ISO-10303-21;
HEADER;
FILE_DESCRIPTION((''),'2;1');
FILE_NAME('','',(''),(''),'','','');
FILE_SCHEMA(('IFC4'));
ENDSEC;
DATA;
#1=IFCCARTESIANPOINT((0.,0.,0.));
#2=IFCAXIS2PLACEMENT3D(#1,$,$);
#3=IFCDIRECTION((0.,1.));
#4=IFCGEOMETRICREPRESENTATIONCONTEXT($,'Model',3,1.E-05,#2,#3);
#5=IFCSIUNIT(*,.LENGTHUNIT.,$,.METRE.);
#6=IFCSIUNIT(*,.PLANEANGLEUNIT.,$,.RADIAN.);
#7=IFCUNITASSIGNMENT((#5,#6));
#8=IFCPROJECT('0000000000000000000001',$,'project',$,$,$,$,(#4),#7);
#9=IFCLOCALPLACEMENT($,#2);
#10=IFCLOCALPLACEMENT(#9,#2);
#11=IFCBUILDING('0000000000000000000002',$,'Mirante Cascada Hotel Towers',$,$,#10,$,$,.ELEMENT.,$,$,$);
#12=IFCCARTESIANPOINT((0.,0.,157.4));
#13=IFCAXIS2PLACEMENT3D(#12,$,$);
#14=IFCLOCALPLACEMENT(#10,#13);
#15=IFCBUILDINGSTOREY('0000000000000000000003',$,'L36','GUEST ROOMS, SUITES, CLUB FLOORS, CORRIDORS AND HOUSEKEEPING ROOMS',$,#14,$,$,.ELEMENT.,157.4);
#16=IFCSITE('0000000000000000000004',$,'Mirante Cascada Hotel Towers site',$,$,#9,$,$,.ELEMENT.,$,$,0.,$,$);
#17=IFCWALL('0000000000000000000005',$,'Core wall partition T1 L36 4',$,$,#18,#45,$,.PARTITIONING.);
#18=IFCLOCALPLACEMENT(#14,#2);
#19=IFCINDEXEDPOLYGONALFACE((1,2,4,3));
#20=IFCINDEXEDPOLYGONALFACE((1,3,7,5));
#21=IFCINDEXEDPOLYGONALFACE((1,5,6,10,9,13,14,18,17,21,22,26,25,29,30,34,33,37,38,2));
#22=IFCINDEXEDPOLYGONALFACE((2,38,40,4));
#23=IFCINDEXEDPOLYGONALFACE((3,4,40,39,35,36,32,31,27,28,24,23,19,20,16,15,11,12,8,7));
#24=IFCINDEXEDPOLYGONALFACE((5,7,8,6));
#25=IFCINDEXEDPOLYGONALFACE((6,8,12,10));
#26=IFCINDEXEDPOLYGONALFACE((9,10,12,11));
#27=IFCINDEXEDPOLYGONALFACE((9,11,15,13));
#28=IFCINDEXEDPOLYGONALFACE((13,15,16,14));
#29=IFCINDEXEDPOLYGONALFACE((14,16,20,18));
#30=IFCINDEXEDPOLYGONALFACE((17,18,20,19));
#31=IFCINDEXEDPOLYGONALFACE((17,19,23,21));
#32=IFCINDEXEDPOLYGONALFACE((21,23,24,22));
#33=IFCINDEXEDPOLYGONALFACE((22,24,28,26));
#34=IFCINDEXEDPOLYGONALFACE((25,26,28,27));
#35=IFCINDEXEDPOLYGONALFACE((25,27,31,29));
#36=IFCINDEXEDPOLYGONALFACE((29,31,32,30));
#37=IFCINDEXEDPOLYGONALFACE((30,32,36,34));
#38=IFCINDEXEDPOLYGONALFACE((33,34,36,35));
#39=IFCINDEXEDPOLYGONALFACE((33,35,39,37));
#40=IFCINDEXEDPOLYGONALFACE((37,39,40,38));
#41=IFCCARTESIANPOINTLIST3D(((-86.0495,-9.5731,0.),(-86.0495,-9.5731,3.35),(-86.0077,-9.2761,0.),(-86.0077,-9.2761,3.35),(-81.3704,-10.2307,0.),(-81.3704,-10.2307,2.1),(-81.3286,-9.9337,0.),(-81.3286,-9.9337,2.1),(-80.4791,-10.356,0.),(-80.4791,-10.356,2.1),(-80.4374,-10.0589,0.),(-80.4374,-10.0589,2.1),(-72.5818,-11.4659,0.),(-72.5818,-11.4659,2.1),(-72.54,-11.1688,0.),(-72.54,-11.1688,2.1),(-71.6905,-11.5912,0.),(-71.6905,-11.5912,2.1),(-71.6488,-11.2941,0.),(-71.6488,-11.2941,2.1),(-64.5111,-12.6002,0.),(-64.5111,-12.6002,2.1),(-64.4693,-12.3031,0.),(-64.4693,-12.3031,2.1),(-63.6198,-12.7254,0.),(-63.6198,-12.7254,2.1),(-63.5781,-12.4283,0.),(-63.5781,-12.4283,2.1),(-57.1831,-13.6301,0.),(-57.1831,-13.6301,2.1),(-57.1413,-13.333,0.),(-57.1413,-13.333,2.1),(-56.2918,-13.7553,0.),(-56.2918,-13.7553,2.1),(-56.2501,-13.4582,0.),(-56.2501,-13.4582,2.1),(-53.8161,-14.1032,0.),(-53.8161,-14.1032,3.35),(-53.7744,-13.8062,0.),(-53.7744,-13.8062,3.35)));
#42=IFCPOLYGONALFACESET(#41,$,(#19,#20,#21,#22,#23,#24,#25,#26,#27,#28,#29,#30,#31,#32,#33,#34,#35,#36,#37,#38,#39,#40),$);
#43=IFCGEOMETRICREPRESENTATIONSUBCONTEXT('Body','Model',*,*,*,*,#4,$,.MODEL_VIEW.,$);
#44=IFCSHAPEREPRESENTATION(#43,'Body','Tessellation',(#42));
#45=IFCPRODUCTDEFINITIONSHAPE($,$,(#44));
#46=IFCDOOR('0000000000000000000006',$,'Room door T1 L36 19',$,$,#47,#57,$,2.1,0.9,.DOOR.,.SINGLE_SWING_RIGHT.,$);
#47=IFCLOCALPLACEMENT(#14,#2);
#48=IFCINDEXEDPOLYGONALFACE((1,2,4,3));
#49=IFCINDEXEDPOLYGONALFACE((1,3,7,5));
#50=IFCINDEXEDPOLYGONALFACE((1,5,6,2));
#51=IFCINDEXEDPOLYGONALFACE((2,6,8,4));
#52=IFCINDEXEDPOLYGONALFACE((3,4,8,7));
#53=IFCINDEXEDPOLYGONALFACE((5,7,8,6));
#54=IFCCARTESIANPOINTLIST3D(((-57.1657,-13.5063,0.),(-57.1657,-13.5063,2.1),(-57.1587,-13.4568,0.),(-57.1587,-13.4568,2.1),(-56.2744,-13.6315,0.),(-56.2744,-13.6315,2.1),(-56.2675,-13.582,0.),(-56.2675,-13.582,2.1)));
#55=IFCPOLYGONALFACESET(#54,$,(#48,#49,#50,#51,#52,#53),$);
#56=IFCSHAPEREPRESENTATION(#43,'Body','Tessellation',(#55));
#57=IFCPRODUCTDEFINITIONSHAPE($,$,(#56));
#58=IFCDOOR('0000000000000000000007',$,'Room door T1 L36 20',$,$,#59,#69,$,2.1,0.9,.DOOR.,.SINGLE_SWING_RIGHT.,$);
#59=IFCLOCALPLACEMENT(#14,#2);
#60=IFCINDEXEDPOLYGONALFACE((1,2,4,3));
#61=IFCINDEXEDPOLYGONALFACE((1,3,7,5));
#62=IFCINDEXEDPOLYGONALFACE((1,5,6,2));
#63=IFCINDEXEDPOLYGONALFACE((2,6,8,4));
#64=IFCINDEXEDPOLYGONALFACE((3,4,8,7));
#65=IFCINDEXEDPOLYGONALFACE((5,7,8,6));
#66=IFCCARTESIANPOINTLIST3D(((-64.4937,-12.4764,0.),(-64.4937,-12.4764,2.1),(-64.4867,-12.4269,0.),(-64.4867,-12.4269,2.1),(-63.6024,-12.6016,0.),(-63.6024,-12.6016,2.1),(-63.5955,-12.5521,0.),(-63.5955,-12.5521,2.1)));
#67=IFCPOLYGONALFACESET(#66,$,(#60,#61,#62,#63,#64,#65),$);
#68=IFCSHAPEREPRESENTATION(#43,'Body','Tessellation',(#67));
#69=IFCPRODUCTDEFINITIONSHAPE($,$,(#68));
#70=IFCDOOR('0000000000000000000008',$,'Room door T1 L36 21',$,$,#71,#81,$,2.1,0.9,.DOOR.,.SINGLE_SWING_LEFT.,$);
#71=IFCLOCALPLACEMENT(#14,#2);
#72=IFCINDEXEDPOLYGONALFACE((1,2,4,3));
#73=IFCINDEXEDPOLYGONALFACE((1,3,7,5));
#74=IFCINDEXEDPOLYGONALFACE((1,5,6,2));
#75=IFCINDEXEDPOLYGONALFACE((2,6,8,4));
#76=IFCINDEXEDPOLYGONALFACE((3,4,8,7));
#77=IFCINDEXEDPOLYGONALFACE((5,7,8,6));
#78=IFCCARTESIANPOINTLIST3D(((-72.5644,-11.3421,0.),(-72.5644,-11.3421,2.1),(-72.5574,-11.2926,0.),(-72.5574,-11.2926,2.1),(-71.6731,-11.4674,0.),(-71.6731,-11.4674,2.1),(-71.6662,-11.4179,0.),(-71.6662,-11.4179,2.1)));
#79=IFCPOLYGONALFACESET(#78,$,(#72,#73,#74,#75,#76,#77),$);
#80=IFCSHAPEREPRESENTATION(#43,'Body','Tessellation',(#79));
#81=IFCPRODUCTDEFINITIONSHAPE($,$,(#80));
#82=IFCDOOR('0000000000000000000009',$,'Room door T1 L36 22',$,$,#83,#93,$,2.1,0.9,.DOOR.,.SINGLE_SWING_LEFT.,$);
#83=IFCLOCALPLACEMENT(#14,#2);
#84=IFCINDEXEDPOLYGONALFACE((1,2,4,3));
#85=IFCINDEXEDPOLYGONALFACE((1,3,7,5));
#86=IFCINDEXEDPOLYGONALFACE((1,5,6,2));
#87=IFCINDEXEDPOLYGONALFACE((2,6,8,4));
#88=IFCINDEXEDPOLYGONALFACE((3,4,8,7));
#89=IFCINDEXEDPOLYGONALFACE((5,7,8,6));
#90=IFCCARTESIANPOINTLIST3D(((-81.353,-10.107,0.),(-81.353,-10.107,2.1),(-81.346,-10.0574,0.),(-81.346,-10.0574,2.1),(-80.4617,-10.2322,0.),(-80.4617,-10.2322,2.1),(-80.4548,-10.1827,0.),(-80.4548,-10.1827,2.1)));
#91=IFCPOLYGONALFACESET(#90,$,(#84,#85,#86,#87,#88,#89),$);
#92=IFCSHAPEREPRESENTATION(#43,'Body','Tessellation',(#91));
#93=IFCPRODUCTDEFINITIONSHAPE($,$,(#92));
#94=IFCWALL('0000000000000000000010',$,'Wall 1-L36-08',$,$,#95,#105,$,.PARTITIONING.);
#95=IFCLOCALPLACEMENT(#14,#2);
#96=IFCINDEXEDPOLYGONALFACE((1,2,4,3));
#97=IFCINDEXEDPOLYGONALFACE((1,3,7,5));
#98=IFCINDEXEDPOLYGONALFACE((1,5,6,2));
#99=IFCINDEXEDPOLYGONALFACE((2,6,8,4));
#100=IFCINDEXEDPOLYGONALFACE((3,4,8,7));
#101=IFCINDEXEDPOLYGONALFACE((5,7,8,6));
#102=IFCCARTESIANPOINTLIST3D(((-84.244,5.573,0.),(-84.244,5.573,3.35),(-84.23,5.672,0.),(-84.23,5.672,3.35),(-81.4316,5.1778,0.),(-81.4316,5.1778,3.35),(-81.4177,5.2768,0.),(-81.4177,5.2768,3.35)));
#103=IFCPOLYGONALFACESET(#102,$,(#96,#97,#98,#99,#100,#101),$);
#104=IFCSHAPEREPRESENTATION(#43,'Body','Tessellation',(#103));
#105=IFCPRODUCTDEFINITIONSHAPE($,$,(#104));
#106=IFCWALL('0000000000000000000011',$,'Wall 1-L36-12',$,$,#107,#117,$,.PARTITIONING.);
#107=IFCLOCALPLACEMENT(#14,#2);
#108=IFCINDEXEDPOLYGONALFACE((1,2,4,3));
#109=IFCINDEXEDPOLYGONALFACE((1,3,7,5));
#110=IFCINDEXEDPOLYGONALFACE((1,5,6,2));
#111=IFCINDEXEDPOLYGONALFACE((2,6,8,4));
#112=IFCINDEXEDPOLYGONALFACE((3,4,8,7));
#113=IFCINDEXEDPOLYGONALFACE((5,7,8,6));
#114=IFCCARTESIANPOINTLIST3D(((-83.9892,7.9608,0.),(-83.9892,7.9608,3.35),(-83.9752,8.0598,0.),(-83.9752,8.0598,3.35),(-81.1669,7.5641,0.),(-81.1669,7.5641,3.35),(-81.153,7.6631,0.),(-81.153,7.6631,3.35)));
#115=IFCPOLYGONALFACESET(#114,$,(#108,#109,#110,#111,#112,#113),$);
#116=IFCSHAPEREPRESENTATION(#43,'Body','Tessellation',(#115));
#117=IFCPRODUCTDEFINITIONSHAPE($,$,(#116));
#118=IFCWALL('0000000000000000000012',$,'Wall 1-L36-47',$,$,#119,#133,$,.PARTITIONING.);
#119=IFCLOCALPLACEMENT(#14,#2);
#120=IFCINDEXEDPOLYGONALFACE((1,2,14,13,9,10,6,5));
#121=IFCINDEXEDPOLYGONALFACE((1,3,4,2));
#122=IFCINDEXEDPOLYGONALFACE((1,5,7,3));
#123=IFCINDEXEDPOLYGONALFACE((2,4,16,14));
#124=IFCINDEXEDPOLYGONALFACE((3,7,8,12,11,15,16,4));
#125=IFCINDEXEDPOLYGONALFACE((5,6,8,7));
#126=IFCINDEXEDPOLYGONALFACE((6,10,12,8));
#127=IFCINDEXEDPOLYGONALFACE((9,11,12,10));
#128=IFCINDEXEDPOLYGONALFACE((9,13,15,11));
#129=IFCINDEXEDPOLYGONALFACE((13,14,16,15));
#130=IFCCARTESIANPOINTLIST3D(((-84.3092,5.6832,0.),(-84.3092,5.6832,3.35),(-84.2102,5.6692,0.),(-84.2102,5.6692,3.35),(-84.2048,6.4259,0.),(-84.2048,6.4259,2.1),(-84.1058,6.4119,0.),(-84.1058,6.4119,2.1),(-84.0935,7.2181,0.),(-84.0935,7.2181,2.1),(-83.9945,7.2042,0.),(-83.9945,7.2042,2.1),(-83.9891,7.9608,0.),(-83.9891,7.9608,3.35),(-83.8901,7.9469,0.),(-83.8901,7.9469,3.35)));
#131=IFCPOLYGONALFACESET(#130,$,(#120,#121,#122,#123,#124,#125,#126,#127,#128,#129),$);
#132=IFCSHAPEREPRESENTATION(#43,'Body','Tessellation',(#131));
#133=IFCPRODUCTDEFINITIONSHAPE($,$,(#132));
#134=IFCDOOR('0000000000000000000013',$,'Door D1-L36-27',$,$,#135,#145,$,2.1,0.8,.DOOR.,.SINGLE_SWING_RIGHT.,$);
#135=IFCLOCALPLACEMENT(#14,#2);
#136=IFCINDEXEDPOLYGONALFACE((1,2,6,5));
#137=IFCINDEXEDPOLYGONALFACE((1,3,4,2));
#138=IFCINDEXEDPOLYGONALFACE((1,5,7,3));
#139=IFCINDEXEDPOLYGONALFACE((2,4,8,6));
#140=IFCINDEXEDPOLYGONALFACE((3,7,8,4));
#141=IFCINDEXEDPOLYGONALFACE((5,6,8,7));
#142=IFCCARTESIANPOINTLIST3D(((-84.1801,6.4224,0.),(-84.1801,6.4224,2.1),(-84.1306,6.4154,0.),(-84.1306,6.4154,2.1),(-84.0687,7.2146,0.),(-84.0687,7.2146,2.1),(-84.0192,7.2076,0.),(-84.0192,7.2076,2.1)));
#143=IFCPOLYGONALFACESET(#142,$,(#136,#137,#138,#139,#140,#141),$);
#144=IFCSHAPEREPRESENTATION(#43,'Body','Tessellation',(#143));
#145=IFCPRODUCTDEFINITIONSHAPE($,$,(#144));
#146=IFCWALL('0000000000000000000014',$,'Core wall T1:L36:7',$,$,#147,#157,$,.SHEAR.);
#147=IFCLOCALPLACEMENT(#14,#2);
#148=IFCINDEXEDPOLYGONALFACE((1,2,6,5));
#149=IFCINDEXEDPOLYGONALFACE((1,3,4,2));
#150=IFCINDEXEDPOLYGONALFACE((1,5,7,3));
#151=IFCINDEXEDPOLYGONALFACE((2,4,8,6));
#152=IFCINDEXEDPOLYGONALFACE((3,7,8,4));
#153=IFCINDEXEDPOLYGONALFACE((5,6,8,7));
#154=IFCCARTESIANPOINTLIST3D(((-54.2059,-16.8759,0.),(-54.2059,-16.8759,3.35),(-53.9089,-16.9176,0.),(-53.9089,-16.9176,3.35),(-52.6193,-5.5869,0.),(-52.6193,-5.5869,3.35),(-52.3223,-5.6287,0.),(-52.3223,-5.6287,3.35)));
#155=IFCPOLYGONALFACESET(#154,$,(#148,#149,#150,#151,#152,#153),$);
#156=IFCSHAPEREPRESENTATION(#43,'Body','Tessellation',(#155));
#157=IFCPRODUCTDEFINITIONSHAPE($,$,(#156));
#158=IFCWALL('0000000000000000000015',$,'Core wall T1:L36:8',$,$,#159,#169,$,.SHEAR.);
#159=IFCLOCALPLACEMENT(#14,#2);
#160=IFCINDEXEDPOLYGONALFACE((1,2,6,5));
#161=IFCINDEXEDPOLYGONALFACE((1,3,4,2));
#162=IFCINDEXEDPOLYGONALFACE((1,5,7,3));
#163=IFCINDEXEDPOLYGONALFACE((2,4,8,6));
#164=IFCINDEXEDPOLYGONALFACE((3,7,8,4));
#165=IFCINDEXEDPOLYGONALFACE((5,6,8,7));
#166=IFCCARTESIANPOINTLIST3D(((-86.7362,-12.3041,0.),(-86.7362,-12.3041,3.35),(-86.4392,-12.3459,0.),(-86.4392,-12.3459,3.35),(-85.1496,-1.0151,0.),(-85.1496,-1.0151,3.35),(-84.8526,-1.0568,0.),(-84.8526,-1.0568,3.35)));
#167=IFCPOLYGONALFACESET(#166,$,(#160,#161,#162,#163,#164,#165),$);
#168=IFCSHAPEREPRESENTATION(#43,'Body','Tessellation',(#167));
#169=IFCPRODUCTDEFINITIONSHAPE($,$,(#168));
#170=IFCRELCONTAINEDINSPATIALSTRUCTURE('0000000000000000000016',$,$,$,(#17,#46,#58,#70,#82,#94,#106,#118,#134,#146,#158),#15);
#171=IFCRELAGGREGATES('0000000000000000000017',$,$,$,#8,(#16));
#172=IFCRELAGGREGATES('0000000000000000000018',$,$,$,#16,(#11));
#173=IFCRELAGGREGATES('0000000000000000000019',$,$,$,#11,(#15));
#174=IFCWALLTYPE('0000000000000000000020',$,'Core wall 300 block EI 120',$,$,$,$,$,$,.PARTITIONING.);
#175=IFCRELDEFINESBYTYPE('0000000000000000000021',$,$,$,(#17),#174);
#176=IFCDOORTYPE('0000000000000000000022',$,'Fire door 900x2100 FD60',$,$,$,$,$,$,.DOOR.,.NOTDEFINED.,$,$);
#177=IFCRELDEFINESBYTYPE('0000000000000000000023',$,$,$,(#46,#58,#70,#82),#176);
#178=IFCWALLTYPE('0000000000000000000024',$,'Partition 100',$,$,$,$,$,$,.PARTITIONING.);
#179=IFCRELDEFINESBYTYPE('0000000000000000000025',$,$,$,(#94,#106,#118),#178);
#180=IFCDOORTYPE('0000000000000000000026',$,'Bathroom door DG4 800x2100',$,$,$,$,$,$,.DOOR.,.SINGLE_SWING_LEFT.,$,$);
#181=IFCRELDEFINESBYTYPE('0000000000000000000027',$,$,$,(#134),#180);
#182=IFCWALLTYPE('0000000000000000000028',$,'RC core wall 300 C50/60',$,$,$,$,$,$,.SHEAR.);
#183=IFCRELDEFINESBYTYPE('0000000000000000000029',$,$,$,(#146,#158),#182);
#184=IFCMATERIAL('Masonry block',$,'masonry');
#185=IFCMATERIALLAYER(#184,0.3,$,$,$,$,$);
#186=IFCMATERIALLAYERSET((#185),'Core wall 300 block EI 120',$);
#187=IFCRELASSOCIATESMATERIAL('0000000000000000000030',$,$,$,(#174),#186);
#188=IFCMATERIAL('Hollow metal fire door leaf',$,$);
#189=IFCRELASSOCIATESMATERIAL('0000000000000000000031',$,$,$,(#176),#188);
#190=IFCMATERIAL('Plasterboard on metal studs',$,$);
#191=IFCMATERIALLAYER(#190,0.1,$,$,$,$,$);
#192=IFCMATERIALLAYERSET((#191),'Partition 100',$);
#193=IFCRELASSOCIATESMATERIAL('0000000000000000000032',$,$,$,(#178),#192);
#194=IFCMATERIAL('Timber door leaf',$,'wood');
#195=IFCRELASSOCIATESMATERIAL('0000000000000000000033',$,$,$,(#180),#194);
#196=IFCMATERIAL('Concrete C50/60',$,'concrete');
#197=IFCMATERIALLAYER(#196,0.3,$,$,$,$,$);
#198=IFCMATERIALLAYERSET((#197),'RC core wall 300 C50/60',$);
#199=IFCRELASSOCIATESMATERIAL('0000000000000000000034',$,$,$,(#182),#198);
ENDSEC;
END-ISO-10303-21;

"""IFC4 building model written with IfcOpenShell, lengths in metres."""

from ifc_helpers import new_model, si_unit, direction, frame, frame_2d, origin, place, context, subcontext, project, spatial, rectangle, extrude, material, layer, layer_set, type_object, element, fill, save


model = new_model("IFC4")

# Units and contexts
model_context = context("Model", 3, precision=1e-05, world=origin(), true_north=direction((0.0, 1.0)))
body_context = subcontext(model_context, "Body", "Model", "MODEL_VIEW")
ifc_project = project(units=[si_unit("LENGTHUNIT", "METRE"), si_unit("PLANEANGLEUNIT", "RADIAN")], contexts=[model_context])

# Site, building, storey
site_placement = place(None, origin())
site = spatial("IfcSite", under=ifc_project, at=site_placement, Name="Mirante Cascada Hotel Towers site", CompositionType="ELEMENT", RefElevation=0.0)
building_placement = place(site_placement, origin())
building = spatial("IfcBuilding", under=site, at=building_placement, Name="Mirante Cascada Hotel Towers", CompositionType="ELEMENT")
storey_placement = place(building_placement, frame((0.0, 0.0, 157.4)))
storey = spatial("IfcBuildingStorey", under=building, at=storey_placement, Name="L36", Description="GUEST ROOMS, SUITES, CLUB FLOORS, CORRIDORS AND HOUSEKEEPING ROOMS", CompositionType="ELEMENT", Elevation=157.4)

# Wall, openings, doors
ifc_material_1 = material(Name="Masonry block", Category="masonry")
ifc_layer_1 = layer(ifc_material_1, 0.3)
ifc_layer_set_1 = layer_set([ifc_layer_1], Name="Core wall 300 block EI 120")
wall_type_1 = type_object("IfcWallType", Name="Core wall 300 block EI 120", PredefinedType="PARTITIONING", material=ifc_layer_set_1)
wall_1_placement = place(storey_placement, frame((-53.7953, -13.9547, 0.0), z_axis=(0.0, 0.0, 1.0), x_axis=(-0.990268, 0.139173, 0.0)))
wall_1 = element("IfcWall", 1, at=wall_1_placement, inside=storey, type_object=wall_type_1, Name="Core wall partition T1 L36 4", PredefinedType="PARTITIONING", context=body_context, shape_type="SweptSolid", body=[
    extrude(rectangle(XDim=32.5501, YDim=0.3, at=frame_2d((16.275, 0.0))), origin(), (0.0, 0.0, 1.0), 3.35),
])
opening_1_placement = place(wall_1_placement, frame((2.5, 0.0, 0.0)))
opening_1 = element("IfcOpeningElement", 2, at=opening_1_placement, cuts=wall_1, PredefinedType="OPENING", context=body_context, shape_type="SweptSolid", body=[
    extrude(rectangle(XDim=0.9, YDim=2.1, at=frame_2d((0.45, 1.05))), frame((0.0, 0.15, 0.0), z_axis=(0.0, -1.0, 0.0), x_axis=(1.0, 0.0, 0.0)), (0.0, 0.0, 1.0), 0.3),
])
opening_2_placement = place(wall_1_placement, frame((9.9, 0.0, 0.0)))
opening_2 = element("IfcOpeningElement", 3, at=opening_2_placement, cuts=wall_1, PredefinedType="OPENING", context=body_context, shape_type="SweptSolid", body=[
    extrude(rectangle(XDim=0.9, YDim=2.1, at=frame_2d((0.45, 1.05))), frame((0.0, 0.15, 0.0), z_axis=(0.0, -1.0, 0.0), x_axis=(1.0, 0.0, 0.0)), (0.0, 0.0, 1.0), 0.3),
])
opening_3_placement = place(wall_1_placement, frame((18.05, 0.0, 0.0)))
opening_3 = element("IfcOpeningElement", 4, at=opening_3_placement, cuts=wall_1, PredefinedType="OPENING", context=body_context, shape_type="SweptSolid", body=[
    extrude(rectangle(XDim=0.9, YDim=2.1, at=frame_2d((0.45, 1.05))), frame((0.0, 0.15, 0.0), z_axis=(0.0, -1.0, 0.0), x_axis=(1.0, 0.0, 0.0)), (0.0, 0.0, 1.0), 0.3),
])
opening_4_placement = place(wall_1_placement, frame((26.925, 0.0, 0.0)))
opening_4 = element("IfcOpeningElement", 5, at=opening_4_placement, cuts=wall_1, PredefinedType="OPENING", context=body_context, shape_type="SweptSolid", body=[
    extrude(rectangle(XDim=0.9, YDim=2.1, at=frame_2d((0.45, 1.05))), frame((0.0, 0.15, 0.0), z_axis=(0.0, -1.0, 0.0), x_axis=(1.0, 0.0, 0.0)), (0.0, 0.0, 1.0), 0.3),
])
ifc_material_2 = material(Name="Hollow metal fire door leaf")
door_type_1 = type_object("IfcDoorType", Name="Fire door 900x2100 FD60", OperationType="NOTDEFINED", PredefinedType="DOOR", material=ifc_material_2)
door_1_placement = place(opening_1_placement, origin())
door_1 = element("IfcDoor", 6, at=door_1_placement, inside=storey, type_object=door_type_1, Name="Room door T1 L36 19", OperationType="SINGLE_SWING_RIGHT", OverallHeight=2.1, OverallWidth=0.9, PredefinedType="DOOR", context=body_context, shape_type="SweptSolid", body=[
    extrude(rectangle(XDim=0.9, YDim=2.1, at=frame_2d((0.45, 1.05))), frame((0.0, 0.025, 0.0), z_axis=(0.0, -1.0, 0.0), x_axis=(1.0, 0.0, 0.0)), (0.0, 0.0, 1.0), 0.05),
])
fill(opening_1, door_1)
door_2_placement = place(opening_2_placement, origin())
door_2 = element("IfcDoor", 7, at=door_2_placement, inside=storey, type_object=door_type_1, Name="Room door T1 L36 20", OperationType="SINGLE_SWING_RIGHT", OverallHeight=2.1, OverallWidth=0.9, PredefinedType="DOOR", context=body_context, shape_type="SweptSolid", body=[
    extrude(rectangle(XDim=0.9, YDim=2.1, at=frame_2d((0.45, 1.05))), frame((0.0, 0.025, 0.0), z_axis=(0.0, -1.0, 0.0), x_axis=(1.0, 0.0, 0.0)), (0.0, 0.0, 1.0), 0.05),
])
fill(opening_2, door_2)
door_3_placement = place(opening_3_placement, origin())
door_3 = element("IfcDoor", 8, at=door_3_placement, inside=storey, type_object=door_type_1, Name="Room door T1 L36 21", OperationType="SINGLE_SWING_LEFT", OverallHeight=2.1, OverallWidth=0.9, PredefinedType="DOOR", context=body_context, shape_type="SweptSolid", body=[
    extrude(rectangle(XDim=0.9, YDim=2.1, at=frame_2d((0.45, 1.05))), frame((0.0, 0.025, 0.0), z_axis=(0.0, -1.0, 0.0), x_axis=(1.0, 0.0, 0.0)), (0.0, 0.0, 1.0), 0.05),
])
fill(opening_3, door_3)
door_4_placement = place(opening_4_placement, origin())
door_4 = element("IfcDoor", 9, at=door_4_placement, inside=storey, type_object=door_type_1, Name="Room door T1 L36 22", OperationType="SINGLE_SWING_LEFT", OverallHeight=2.1, OverallWidth=0.9, PredefinedType="DOOR", context=body_context, shape_type="SweptSolid", body=[
    extrude(rectangle(XDim=0.9, YDim=2.1, at=frame_2d((0.45, 1.05))), frame((0.0, 0.025, 0.0), z_axis=(0.0, -1.0, 0.0), x_axis=(1.0, 0.0, 0.0)), (0.0, 0.0, 1.0), 0.05),
])
fill(opening_4, door_4)

# Walls
ifc_material_3 = material(Name="Plasterboard on metal studs")
ifc_layer_2 = layer(ifc_material_3, 0.1)
ifc_layer_set_2 = layer_set([ifc_layer_2], Name="Partition 100")
wall_type_2 = type_object("IfcWallType", Name="Partition 100", PredefinedType="PARTITIONING", material=ifc_layer_set_2)
wall_2_placement = place(storey_placement, frame((-84.237, 5.6225, 0.0), z_axis=(0.0, 0.0, 1.0), x_axis=(0.990271, -0.139153, 0.0)))
element("IfcWall", 10, at=wall_2_placement, inside=storey, type_object=wall_type_2, Name="Wall 1-L36-08", PredefinedType="PARTITIONING", context=body_context, shape_type="SweptSolid", body=[
    extrude(rectangle(XDim=2.84, YDim=0.1, at=frame_2d((1.42, 0.0))), origin(), (0.0, 0.0, 1.0), 3.35),
])
wall_3_placement = place(storey_placement, frame((-83.9822, 8.0103, 0.0), z_axis=(0.0, 0.0, 1.0), x_axis=(0.990266, -0.139191, 0.0)))
element("IfcWall", 11, at=wall_3_placement, inside=storey, type_object=wall_type_2, Name="Wall 1-L36-12", PredefinedType="PARTITIONING", context=body_context, shape_type="SweptSolid", body=[
    extrude(rectangle(XDim=2.85, YDim=0.1, at=frame_2d((1.425, 0.0))), origin(), (0.0, 0.0, 1.0), 3.35),
])

# Wall, opening, door
wall_4_placement = place(storey_placement, frame((-84.2597, 5.6762, 0.0), z_axis=(0.0, 0.0, 1.0), x_axis=(0.139175, 0.990268, 0.0)))
wall_4 = element("IfcWall", 12, at=wall_4_placement, inside=storey, type_object=wall_type_2, Name="Wall 1-L36-47", PredefinedType="PARTITIONING", context=body_context, shape_type="SweptSolid", body=[
    extrude(rectangle(XDim=2.3, YDim=0.1, at=frame_2d((1.15, 0.0))), origin(), (0.0, 0.0, 1.0), 3.35),
])
opening_5_placement = place(wall_4_placement, frame((0.75, 0.0, 0.0)))
opening_5 = element("IfcOpeningElement", 13, at=opening_5_placement, cuts=wall_4, PredefinedType="OPENING", context=body_context, shape_type="SweptSolid", body=[
    extrude(rectangle(XDim=0.8, YDim=2.1, at=frame_2d((0.4, 1.05))), frame((0.0, 0.05, 0.0), z_axis=(0.0, -1.0, 0.0), x_axis=(1.0, 0.0, 0.0)), (0.0, 0.0, 1.0), 0.1),
])
ifc_material_4 = material(Name="Timber door leaf", Category="wood")
door_type_2 = type_object("IfcDoorType", Name="Bathroom door DG4 800x2100", OperationType="SINGLE_SWING_LEFT", PredefinedType="DOOR", material=ifc_material_4)
door_5_placement = place(opening_5_placement, frame((0.8, 0.0, 0.0), z_axis=(0.0, 0.0, 1.0), x_axis=(-1.0, 0.0, 0.0)))
door_5 = element("IfcDoor", 14, at=door_5_placement, inside=storey, type_object=door_type_2, Name="Door D1-L36-27", OperationType="SINGLE_SWING_RIGHT", OverallHeight=2.1, OverallWidth=0.8, PredefinedType="DOOR", context=body_context, shape_type="SweptSolid", body=[
    extrude(rectangle(XDim=0.8, YDim=2.1, at=frame_2d((0.4, 1.05))), frame((0.0, 0.025, 0.0), z_axis=(0.0, -1.0, 0.0), x_axis=(1.0, 0.0, 0.0)), (0.0, 0.0, 1.0), 0.05),
])
fill(opening_5, door_5)

# Walls
ifc_material_5 = material(Name="Concrete C50/60", Category="concrete")
ifc_layer_3 = layer(ifc_material_5, 0.3)
ifc_layer_set_3 = layer_set([ifc_layer_3], Name="RC core wall 300 C50/60")
wall_type_3 = type_object("IfcWallType", Name="RC core wall 300 C50/60", PredefinedType="SHEAR", material=ifc_layer_set_3)
wall_5_placement = place(storey_placement, frame((-54.0574, -16.8968, 0.0), z_axis=(0.0, 0.0, 1.0), x_axis=(0.139176, 0.990268, 0.0)))
element("IfcWall", 15, at=wall_5_placement, inside=storey, type_object=wall_type_3, Name="Core wall T1:L36:7", PredefinedType="SHEAR", context=body_context, shape_type="SweptSolid", body=[
    extrude(rectangle(XDim=11.3999, YDim=0.3, at=frame_2d((5.7, 0.0))), origin(), (0.0, 0.0, 1.0), 3.35),
])
wall_6_placement = place(storey_placement, frame((-86.5877, -12.325, 0.0), z_axis=(0.0, 0.0, 1.0), x_axis=(0.139175, 0.990268, 0.0)))
element("IfcWall", 16, at=wall_6_placement, inside=storey, type_object=wall_type_3, Name="Core wall T1:L36:8", PredefinedType="SHEAR", context=body_context, shape_type="SweptSolid", body=[
    extrude(rectangle(XDim=11.4, YDim=0.3, at=frame_2d((5.7, 0.0))), origin(), (0.0, 0.0, 1.0), 3.35),
])

save(model, "model.ifc")
